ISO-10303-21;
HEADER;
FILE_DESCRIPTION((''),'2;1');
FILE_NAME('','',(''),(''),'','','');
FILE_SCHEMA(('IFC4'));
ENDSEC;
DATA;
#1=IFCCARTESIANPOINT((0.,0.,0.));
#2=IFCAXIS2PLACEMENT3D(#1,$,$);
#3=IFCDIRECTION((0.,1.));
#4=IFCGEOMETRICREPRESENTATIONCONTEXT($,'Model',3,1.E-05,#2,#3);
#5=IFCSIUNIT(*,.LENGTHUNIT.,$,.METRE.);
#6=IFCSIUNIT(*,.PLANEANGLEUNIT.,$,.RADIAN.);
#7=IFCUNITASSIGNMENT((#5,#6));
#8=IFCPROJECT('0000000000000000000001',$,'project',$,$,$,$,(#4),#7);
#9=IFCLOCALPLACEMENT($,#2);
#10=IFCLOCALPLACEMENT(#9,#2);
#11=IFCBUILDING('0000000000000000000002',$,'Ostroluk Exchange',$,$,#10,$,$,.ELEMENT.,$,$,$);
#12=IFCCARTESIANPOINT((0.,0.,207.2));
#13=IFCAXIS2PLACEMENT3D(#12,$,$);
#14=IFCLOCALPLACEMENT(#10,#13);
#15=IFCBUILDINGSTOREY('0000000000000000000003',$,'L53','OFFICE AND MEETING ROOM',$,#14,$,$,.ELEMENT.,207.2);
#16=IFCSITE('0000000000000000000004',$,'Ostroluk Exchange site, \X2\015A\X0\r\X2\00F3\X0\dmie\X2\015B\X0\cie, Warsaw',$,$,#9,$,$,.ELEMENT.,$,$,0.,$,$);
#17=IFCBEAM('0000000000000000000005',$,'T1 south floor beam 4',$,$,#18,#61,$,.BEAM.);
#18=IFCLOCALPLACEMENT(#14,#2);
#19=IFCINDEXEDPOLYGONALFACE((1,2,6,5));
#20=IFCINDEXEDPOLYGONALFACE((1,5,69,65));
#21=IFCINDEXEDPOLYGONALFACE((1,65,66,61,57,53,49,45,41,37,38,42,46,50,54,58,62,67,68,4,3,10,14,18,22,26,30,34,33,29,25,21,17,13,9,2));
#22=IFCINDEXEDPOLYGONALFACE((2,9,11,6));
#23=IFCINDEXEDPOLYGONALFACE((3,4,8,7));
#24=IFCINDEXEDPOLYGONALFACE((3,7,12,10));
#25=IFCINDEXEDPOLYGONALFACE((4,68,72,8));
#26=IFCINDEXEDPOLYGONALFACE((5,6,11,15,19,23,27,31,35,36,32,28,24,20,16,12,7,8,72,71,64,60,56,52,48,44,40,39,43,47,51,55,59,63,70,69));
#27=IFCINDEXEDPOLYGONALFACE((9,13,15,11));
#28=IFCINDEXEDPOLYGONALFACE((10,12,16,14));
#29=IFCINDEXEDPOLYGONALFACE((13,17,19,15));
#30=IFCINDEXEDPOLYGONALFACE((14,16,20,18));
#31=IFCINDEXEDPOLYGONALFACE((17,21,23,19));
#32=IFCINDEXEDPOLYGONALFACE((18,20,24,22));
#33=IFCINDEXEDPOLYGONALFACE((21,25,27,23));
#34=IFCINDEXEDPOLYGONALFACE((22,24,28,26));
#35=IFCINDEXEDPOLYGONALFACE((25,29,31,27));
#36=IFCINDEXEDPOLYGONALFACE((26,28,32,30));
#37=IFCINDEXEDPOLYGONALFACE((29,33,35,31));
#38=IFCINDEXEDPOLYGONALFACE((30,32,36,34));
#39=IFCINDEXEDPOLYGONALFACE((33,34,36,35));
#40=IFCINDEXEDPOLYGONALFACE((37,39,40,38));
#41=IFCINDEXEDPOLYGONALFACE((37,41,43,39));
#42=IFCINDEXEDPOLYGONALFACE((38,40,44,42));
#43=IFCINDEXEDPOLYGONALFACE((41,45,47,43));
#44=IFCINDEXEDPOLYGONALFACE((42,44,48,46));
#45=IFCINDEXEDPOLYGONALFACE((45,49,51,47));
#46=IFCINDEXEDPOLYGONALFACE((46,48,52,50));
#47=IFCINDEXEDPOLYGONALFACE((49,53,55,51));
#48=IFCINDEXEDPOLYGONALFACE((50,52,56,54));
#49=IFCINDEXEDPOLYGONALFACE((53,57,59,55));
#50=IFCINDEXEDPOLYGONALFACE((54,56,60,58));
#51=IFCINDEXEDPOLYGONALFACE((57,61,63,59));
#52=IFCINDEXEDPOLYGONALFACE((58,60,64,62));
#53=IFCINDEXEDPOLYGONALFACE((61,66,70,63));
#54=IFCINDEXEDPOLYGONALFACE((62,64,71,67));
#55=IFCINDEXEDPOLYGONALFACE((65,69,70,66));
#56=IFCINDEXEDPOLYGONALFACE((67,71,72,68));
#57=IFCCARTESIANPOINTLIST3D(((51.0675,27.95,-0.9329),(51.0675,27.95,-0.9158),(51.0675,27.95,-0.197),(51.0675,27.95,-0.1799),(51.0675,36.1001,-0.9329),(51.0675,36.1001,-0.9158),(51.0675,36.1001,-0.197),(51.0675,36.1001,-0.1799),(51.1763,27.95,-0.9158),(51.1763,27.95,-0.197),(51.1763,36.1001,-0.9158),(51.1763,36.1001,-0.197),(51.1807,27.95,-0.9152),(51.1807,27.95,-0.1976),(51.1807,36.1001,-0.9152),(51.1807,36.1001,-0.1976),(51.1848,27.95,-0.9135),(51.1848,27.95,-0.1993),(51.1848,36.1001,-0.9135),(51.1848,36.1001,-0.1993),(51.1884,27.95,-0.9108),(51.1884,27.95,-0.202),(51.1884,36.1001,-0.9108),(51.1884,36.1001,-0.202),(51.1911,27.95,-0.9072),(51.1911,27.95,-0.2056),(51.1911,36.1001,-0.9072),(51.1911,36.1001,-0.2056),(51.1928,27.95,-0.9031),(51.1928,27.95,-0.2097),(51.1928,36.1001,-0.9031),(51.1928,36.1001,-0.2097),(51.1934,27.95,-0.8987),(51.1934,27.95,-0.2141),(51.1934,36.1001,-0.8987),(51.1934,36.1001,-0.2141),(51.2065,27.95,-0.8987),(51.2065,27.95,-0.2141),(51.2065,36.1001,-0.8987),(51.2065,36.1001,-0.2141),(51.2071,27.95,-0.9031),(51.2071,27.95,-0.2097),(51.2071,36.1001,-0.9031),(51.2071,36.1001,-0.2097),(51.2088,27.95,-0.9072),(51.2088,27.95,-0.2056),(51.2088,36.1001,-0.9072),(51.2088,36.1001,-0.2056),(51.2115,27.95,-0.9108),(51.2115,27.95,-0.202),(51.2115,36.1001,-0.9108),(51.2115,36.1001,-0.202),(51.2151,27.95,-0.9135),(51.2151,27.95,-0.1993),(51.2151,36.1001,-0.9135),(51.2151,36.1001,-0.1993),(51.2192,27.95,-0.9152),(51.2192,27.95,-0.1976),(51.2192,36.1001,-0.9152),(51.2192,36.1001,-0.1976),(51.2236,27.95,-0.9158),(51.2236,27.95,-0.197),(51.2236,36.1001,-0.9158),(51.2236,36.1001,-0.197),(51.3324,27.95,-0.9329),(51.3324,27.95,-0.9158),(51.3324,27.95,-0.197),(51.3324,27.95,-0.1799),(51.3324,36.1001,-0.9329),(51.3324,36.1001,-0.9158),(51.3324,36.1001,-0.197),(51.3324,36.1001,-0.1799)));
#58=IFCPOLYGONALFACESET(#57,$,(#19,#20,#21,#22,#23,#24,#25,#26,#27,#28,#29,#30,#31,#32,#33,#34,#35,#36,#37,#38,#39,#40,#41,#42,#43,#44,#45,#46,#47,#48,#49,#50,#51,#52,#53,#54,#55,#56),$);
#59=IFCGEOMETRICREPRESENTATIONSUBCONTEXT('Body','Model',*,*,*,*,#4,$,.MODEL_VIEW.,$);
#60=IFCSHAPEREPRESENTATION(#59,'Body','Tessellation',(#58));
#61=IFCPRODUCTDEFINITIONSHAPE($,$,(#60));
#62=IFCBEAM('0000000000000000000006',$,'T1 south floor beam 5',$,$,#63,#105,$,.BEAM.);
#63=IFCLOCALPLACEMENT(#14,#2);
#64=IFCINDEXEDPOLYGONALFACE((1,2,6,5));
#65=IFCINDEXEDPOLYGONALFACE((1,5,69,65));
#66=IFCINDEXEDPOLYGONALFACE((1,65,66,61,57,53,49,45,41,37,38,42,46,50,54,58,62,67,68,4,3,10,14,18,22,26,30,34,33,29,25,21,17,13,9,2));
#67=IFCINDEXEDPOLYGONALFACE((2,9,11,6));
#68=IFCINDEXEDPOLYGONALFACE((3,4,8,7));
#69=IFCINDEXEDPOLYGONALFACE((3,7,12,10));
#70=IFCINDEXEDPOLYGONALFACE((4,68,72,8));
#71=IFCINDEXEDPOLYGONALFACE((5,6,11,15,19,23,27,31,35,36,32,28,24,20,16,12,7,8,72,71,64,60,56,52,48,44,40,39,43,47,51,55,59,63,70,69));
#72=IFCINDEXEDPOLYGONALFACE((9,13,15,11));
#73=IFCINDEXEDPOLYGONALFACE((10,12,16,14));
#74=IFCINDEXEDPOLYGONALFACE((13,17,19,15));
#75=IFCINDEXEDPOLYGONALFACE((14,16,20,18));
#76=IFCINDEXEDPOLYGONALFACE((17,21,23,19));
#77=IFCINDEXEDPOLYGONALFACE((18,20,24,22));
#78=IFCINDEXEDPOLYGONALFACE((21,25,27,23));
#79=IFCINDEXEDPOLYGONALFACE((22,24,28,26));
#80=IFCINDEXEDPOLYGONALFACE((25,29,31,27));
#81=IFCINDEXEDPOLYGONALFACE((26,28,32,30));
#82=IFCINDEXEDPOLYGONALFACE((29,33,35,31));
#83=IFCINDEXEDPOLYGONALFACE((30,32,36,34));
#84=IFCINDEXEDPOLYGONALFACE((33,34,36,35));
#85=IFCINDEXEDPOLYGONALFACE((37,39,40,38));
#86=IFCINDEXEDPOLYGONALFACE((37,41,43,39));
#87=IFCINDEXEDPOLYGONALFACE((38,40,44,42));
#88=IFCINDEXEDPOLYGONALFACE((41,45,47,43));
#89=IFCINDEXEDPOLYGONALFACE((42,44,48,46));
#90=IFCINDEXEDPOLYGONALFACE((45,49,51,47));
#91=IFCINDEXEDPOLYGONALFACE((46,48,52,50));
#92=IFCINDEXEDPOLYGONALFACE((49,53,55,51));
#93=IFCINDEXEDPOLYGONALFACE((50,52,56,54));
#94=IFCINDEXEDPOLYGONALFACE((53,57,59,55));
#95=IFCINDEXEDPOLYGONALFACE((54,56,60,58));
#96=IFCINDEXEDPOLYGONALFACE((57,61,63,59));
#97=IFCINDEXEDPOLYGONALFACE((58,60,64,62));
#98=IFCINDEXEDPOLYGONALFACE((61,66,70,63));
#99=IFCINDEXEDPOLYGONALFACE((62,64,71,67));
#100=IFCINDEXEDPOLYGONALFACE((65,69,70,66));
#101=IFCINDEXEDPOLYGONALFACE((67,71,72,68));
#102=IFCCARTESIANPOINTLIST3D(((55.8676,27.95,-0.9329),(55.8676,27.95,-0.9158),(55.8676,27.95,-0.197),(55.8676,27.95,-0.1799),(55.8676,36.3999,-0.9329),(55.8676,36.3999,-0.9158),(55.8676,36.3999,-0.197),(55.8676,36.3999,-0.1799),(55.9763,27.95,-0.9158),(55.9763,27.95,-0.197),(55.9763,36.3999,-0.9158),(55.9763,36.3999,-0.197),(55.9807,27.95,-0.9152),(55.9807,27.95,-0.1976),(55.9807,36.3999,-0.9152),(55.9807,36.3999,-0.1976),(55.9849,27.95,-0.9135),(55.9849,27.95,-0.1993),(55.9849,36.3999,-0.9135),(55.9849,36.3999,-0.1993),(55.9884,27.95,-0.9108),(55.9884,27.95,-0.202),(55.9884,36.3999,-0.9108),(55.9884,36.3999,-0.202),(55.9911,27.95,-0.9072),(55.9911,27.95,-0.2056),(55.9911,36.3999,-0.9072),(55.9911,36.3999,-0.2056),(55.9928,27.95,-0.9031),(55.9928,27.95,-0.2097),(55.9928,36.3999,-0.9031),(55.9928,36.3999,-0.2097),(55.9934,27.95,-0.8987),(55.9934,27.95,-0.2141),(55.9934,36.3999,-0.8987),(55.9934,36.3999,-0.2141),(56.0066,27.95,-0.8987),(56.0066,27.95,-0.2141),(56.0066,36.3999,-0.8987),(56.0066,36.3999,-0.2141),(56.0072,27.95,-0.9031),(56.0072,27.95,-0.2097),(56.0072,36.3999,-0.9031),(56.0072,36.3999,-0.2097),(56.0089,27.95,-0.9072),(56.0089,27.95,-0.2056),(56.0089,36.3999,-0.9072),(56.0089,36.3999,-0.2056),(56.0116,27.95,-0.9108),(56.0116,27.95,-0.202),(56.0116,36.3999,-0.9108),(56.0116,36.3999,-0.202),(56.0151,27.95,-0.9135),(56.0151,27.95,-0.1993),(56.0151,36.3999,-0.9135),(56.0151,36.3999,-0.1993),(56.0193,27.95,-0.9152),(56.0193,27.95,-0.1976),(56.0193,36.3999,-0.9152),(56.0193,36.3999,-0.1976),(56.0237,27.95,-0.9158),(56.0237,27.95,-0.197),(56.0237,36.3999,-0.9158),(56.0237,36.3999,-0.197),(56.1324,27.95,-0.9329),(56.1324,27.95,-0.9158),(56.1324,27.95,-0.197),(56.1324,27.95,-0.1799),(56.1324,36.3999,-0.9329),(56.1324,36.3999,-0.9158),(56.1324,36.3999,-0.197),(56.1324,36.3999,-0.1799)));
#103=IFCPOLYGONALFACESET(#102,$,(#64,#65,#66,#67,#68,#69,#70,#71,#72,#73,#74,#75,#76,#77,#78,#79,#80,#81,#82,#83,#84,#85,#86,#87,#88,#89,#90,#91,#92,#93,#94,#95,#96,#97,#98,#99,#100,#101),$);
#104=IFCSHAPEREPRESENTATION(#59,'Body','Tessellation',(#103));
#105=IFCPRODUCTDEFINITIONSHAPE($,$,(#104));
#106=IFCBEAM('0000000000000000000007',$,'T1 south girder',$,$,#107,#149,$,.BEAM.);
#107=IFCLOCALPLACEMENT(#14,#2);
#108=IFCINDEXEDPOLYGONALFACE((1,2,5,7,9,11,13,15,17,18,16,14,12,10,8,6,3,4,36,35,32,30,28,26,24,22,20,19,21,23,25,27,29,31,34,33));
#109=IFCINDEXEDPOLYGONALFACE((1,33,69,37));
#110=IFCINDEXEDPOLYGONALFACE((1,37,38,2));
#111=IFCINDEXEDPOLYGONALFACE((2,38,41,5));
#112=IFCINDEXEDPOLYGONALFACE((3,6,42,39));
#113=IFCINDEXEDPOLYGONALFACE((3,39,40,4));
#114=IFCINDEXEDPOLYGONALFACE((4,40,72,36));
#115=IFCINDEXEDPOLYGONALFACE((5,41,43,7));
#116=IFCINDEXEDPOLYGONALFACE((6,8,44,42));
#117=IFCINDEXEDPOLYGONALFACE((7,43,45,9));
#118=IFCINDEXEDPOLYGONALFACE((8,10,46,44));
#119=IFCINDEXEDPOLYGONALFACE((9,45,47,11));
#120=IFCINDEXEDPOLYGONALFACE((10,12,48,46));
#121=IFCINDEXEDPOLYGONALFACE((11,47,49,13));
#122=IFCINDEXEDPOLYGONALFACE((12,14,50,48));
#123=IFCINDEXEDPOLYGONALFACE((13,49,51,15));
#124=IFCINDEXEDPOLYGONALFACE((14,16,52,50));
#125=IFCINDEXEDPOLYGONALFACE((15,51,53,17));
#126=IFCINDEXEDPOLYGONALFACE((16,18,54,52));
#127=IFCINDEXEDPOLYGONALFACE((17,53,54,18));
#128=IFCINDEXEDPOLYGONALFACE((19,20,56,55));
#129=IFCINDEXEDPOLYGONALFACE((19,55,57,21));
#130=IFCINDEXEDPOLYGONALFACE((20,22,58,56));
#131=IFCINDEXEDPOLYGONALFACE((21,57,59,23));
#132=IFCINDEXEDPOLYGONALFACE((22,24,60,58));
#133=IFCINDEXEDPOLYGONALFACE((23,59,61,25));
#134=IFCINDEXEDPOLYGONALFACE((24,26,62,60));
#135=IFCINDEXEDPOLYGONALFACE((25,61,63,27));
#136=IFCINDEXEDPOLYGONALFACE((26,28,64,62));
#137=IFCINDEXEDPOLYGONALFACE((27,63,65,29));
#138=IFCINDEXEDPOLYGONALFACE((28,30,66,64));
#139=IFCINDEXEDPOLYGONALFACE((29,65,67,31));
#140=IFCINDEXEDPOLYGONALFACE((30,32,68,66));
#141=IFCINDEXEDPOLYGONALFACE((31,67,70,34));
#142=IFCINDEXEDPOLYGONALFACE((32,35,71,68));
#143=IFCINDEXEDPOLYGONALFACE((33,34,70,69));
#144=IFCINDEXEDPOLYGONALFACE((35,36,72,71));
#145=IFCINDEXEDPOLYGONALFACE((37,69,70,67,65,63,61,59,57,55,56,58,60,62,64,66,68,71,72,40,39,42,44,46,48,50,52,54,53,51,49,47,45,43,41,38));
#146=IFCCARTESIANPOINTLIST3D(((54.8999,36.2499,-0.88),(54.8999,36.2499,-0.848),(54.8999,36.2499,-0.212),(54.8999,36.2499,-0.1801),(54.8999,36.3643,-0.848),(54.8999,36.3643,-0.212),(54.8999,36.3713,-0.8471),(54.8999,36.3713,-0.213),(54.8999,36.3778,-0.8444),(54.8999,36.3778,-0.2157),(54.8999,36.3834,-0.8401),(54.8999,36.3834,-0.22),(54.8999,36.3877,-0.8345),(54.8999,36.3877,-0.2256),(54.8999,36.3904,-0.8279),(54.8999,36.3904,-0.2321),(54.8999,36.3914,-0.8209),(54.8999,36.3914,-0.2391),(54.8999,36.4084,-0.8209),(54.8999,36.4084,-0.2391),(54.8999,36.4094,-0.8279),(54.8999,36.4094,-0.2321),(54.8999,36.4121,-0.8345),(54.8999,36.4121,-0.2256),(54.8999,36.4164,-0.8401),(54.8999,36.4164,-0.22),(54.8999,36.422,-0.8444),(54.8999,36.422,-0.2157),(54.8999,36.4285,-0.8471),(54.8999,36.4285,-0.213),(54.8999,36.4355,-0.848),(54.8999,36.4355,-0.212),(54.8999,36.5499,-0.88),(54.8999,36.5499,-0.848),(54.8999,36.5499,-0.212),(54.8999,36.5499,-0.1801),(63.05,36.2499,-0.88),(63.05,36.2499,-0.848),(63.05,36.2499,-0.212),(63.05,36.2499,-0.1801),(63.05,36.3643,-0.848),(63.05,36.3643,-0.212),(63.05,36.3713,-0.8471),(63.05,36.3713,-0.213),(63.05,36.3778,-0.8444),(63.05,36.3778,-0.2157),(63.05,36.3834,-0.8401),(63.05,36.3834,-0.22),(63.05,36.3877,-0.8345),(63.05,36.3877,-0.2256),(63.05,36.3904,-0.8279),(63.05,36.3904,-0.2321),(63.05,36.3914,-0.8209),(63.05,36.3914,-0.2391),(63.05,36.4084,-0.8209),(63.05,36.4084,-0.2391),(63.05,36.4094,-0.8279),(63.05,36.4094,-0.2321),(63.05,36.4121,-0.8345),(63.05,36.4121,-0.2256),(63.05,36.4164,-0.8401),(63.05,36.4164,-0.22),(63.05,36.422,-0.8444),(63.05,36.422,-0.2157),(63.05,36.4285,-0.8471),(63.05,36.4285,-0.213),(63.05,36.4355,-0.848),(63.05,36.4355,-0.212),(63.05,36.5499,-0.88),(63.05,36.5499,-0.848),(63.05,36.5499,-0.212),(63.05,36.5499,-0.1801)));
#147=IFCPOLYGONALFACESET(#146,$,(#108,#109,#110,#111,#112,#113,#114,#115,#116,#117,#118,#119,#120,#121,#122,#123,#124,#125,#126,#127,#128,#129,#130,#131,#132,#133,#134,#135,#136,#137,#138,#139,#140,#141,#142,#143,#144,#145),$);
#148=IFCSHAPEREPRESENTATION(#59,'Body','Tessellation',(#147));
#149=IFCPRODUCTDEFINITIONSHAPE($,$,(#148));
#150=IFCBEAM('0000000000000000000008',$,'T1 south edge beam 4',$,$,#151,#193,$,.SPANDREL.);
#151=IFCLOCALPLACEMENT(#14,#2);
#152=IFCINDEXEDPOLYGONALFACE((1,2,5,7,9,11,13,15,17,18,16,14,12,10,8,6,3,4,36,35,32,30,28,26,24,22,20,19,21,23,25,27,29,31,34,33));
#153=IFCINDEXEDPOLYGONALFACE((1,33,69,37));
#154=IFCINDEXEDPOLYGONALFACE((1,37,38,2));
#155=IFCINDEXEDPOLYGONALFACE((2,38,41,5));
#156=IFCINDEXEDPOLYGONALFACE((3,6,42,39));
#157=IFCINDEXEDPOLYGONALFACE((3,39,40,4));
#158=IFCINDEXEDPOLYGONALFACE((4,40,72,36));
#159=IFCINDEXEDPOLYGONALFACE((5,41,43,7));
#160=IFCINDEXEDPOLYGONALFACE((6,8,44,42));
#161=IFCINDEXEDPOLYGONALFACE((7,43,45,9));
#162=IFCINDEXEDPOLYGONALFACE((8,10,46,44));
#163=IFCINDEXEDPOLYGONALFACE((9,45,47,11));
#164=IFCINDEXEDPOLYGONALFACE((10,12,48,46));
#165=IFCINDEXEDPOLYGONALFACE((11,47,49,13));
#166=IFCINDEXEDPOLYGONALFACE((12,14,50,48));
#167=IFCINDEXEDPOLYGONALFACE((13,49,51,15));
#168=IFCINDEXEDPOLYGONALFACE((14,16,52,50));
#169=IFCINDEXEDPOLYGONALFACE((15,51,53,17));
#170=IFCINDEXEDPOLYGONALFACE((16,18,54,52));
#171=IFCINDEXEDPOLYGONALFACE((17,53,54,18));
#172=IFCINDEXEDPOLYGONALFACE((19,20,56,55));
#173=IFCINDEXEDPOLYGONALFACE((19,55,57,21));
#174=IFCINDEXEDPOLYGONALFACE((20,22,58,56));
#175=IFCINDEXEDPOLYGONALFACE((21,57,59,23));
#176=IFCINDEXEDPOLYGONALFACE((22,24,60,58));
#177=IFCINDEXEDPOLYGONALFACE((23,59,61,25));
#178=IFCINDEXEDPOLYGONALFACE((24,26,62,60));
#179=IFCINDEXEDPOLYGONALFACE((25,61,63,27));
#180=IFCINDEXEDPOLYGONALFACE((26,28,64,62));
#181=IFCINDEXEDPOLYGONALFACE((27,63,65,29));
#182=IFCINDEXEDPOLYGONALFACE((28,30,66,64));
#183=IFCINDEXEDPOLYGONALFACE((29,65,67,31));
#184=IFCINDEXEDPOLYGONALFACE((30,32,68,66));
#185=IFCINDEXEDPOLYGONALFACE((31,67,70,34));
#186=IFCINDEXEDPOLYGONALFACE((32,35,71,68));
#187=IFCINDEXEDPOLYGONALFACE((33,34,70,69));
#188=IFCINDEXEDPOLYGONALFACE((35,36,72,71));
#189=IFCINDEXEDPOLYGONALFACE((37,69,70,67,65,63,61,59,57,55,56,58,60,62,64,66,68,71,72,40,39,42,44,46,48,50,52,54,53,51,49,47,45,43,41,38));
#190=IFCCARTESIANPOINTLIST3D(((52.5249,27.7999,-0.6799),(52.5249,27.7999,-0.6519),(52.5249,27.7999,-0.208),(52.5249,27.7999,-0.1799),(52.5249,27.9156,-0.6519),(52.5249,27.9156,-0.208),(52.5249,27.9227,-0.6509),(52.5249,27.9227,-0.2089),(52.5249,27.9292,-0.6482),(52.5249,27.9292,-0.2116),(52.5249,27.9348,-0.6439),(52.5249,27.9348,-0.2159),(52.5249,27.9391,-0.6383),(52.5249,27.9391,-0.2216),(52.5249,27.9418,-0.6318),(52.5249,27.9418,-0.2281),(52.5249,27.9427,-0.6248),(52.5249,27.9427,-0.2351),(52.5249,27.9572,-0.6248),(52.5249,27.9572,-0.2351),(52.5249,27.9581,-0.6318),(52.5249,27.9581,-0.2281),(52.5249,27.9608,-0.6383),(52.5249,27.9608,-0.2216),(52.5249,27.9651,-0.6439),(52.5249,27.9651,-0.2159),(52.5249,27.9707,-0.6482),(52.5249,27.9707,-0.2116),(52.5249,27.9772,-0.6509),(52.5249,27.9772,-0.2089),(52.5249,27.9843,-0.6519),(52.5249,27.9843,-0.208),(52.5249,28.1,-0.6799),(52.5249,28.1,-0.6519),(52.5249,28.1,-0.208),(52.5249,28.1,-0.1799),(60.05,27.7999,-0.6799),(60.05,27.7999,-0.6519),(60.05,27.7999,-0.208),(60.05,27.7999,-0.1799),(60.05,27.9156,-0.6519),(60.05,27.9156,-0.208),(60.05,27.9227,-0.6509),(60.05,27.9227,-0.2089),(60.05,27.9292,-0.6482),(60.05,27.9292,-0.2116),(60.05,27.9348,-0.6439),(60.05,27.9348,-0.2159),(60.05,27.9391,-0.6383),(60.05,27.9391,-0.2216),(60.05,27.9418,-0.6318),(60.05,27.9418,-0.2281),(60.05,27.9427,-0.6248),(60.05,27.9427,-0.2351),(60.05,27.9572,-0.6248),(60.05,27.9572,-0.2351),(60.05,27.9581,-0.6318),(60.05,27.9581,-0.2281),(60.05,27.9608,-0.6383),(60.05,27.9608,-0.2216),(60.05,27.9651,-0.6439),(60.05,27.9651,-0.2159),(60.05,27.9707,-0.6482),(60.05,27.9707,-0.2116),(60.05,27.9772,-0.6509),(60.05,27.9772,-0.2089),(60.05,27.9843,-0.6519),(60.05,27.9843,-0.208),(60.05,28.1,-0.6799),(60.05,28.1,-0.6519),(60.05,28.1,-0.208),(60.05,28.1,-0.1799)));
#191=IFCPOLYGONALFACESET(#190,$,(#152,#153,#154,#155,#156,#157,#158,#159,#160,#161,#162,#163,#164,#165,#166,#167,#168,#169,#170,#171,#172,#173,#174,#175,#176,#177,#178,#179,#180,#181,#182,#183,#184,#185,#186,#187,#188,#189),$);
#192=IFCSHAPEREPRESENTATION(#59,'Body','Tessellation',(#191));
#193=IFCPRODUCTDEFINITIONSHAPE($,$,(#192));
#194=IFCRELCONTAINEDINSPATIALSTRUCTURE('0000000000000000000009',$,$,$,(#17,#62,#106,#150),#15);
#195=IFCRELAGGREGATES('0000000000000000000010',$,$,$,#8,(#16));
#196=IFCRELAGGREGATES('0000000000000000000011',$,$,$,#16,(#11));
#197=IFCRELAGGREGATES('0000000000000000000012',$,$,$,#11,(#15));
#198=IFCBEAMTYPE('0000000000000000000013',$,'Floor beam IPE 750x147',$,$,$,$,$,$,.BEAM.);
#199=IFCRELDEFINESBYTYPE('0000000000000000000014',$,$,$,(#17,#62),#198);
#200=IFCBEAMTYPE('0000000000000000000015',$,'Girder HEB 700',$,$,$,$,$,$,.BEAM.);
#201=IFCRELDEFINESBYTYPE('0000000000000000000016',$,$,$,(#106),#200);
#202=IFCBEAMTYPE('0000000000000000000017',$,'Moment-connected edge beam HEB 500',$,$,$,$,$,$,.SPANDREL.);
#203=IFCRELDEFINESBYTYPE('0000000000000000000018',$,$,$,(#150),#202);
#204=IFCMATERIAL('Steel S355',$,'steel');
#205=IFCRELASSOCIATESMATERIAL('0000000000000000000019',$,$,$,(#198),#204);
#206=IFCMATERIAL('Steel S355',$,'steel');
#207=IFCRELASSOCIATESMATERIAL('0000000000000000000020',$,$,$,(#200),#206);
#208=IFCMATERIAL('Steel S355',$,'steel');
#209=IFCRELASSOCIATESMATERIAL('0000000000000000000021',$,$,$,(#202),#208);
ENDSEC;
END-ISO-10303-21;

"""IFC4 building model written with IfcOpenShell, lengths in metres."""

from ifc_helpers import new_model, si_unit, direction, frame, origin, origin_2d, place, context, subcontext, project, spatial, i_section, extrude, material, material_profile, profile_set, type_object, element, save


model = new_model("IFC4")

# Units and contexts
model_context = context("Model", 3, precision=1e-05, world=origin(), true_north=direction((0.0, 1.0)))
body_context = subcontext(model_context, "Body", "Model", "MODEL_VIEW")
ifc_project = project(units=[si_unit("LENGTHUNIT", "METRE"), si_unit("PLANEANGLEUNIT", "RADIAN")], contexts=[model_context])

# Site, building, storey
site_placement = place(None, origin())
site = spatial("IfcSite", under=ifc_project, at=site_placement, Name="Ostroluk Exchange site, Śródmieście, Warsaw", CompositionType="ELEMENT", RefElevation=0.0)
building_placement = place(site_placement, origin())
building = spatial("IfcBuilding", under=site, at=building_placement, Name="Ostroluk Exchange", CompositionType="ELEMENT")
storey_placement = place(building_placement, frame((0.0, 0.0, 207.2)))
storey = spatial("IfcBuildingStorey", under=building, at=storey_placement, Name="L53", Description="OFFICE AND MEETING ROOM", CompositionType="ELEMENT", Elevation=207.2)

# Beams
ifc_material_1 = material(Name="Steel S355", Category="steel")
ifc_material_profile_1 = material_profile(ifc_material_1, i_section(OverallWidth=0.2649, OverallDepth=0.7529, WebThickness=0.0132, FlangeThickness=0.0171, FilletRadius=0.0171, at=origin_2d()), Name="IPE 750x147")
ifc_profile_set_1 = profile_set([ifc_material_profile_1], Name="Steel S355")
beam_type_1 = type_object("IfcBeamType", Name="Floor beam IPE 750x147", PredefinedType="BEAM", material=ifc_profile_set_1)
for number, where, z_axis, x_axis, name in (
    (1, (51.2, 36.1001, -0.5564), (0.0, -1.0, 0.0), (1.0, 0.0, 0.0), "T1 south floor beam 4"),
):
    element("IfcBeam", number, at=place(storey_placement, frame(where, z_axis=z_axis, x_axis=x_axis)), inside=storey, type_object=beam_type_1, Name=name, PredefinedType="BEAM", context=body_context, shape_type="SweptSolid", body=[
        extrude(i_section(OverallWidth=0.2649, OverallDepth=0.7529, WebThickness=0.0132, FlangeThickness=0.0171, FilletRadius=0.0171, at=origin_2d()), origin(), (0.0, 0.0, 1.0), 8.1501),
    ])
beam_1_placement = place(storey_placement, frame((56.0, 36.3999, -0.5564), z_axis=(0.0, -1.0, 0.0), x_axis=(1.0, 0.0, 0.0)))
element("IfcBeam", 2, at=beam_1_placement, inside=storey, type_object=beam_type_1, Name="T1 south floor beam 5", PredefinedType="BEAM", context=body_context, shape_type="SweptSolid", body=[
    extrude(i_section(OverallWidth=0.2649, OverallDepth=0.7529, WebThickness=0.0132, FlangeThickness=0.0171, FilletRadius=0.0171, at=origin_2d()), origin(), (0.0, 0.0, 1.0), 8.45),
])
ifc_material_2 = material(Name="Steel S355", Category="steel")
ifc_material_profile_2 = material_profile(ifc_material_2, i_section(OverallWidth=0.3, OverallDepth=0.7, WebThickness=0.0171, FlangeThickness=0.032, FilletRadius=0.0271, at=origin_2d()), Name="HEB 700")
ifc_profile_set_2 = profile_set([ifc_material_profile_2], Name="Steel S355")
beam_type_2 = type_object("IfcBeamType", Name="Girder HEB 700", PredefinedType="BEAM", material=ifc_profile_set_2)
beam_2_placement = place(storey_placement, frame((54.8999, 36.3999, -0.53), z_axis=(1.0, 0.0, 0.0), x_axis=(0.0, 1.0, 0.0)))
element("IfcBeam", 3, at=beam_2_placement, inside=storey, type_object=beam_type_2, Name="T1 south girder", PredefinedType="BEAM", context=body_context, shape_type="SweptSolid", body=[
    extrude(i_section(OverallWidth=0.3, OverallDepth=0.7, WebThickness=0.0171, FlangeThickness=0.032, FilletRadius=0.0271, at=origin_2d()), origin(), (0.0, 0.0, 1.0), 8.1501),
])
ifc_material_3 = material(Name="Steel S355", Category="steel")
ifc_material_profile_3 = material_profile(ifc_material_3, i_section(OverallWidth=0.3, OverallDepth=0.5, WebThickness=0.0144, FlangeThickness=0.0281, FilletRadius=0.0271, at=origin_2d()), Name="HEB 500")
ifc_profile_set_3 = profile_set([ifc_material_profile_3], Name="Steel S355")
beam_type_3 = type_object("IfcBeamType", Name="Moment-connected edge beam HEB 500", PredefinedType="SPANDREL", material=ifc_profile_set_3)
beam_3_placement = place(storey_placement, frame((52.5249, 27.95, -0.4299), z_axis=(1.0, 0.0, 0.0), x_axis=(0.0, 1.0, 0.0)))
element("IfcBeam", 4, at=beam_3_placement, inside=storey, type_object=beam_type_3, Name="T1 south edge beam 4", PredefinedType="SPANDREL", context=body_context, shape_type="SweptSolid", body=[
    extrude(i_section(OverallWidth=0.3, OverallDepth=0.5, WebThickness=0.0144, FlangeThickness=0.0281, FilletRadius=0.0271, at=origin_2d()), origin(), (0.0, 0.0, 1.0), 7.5251),
])

save(model, "model.ifc")
